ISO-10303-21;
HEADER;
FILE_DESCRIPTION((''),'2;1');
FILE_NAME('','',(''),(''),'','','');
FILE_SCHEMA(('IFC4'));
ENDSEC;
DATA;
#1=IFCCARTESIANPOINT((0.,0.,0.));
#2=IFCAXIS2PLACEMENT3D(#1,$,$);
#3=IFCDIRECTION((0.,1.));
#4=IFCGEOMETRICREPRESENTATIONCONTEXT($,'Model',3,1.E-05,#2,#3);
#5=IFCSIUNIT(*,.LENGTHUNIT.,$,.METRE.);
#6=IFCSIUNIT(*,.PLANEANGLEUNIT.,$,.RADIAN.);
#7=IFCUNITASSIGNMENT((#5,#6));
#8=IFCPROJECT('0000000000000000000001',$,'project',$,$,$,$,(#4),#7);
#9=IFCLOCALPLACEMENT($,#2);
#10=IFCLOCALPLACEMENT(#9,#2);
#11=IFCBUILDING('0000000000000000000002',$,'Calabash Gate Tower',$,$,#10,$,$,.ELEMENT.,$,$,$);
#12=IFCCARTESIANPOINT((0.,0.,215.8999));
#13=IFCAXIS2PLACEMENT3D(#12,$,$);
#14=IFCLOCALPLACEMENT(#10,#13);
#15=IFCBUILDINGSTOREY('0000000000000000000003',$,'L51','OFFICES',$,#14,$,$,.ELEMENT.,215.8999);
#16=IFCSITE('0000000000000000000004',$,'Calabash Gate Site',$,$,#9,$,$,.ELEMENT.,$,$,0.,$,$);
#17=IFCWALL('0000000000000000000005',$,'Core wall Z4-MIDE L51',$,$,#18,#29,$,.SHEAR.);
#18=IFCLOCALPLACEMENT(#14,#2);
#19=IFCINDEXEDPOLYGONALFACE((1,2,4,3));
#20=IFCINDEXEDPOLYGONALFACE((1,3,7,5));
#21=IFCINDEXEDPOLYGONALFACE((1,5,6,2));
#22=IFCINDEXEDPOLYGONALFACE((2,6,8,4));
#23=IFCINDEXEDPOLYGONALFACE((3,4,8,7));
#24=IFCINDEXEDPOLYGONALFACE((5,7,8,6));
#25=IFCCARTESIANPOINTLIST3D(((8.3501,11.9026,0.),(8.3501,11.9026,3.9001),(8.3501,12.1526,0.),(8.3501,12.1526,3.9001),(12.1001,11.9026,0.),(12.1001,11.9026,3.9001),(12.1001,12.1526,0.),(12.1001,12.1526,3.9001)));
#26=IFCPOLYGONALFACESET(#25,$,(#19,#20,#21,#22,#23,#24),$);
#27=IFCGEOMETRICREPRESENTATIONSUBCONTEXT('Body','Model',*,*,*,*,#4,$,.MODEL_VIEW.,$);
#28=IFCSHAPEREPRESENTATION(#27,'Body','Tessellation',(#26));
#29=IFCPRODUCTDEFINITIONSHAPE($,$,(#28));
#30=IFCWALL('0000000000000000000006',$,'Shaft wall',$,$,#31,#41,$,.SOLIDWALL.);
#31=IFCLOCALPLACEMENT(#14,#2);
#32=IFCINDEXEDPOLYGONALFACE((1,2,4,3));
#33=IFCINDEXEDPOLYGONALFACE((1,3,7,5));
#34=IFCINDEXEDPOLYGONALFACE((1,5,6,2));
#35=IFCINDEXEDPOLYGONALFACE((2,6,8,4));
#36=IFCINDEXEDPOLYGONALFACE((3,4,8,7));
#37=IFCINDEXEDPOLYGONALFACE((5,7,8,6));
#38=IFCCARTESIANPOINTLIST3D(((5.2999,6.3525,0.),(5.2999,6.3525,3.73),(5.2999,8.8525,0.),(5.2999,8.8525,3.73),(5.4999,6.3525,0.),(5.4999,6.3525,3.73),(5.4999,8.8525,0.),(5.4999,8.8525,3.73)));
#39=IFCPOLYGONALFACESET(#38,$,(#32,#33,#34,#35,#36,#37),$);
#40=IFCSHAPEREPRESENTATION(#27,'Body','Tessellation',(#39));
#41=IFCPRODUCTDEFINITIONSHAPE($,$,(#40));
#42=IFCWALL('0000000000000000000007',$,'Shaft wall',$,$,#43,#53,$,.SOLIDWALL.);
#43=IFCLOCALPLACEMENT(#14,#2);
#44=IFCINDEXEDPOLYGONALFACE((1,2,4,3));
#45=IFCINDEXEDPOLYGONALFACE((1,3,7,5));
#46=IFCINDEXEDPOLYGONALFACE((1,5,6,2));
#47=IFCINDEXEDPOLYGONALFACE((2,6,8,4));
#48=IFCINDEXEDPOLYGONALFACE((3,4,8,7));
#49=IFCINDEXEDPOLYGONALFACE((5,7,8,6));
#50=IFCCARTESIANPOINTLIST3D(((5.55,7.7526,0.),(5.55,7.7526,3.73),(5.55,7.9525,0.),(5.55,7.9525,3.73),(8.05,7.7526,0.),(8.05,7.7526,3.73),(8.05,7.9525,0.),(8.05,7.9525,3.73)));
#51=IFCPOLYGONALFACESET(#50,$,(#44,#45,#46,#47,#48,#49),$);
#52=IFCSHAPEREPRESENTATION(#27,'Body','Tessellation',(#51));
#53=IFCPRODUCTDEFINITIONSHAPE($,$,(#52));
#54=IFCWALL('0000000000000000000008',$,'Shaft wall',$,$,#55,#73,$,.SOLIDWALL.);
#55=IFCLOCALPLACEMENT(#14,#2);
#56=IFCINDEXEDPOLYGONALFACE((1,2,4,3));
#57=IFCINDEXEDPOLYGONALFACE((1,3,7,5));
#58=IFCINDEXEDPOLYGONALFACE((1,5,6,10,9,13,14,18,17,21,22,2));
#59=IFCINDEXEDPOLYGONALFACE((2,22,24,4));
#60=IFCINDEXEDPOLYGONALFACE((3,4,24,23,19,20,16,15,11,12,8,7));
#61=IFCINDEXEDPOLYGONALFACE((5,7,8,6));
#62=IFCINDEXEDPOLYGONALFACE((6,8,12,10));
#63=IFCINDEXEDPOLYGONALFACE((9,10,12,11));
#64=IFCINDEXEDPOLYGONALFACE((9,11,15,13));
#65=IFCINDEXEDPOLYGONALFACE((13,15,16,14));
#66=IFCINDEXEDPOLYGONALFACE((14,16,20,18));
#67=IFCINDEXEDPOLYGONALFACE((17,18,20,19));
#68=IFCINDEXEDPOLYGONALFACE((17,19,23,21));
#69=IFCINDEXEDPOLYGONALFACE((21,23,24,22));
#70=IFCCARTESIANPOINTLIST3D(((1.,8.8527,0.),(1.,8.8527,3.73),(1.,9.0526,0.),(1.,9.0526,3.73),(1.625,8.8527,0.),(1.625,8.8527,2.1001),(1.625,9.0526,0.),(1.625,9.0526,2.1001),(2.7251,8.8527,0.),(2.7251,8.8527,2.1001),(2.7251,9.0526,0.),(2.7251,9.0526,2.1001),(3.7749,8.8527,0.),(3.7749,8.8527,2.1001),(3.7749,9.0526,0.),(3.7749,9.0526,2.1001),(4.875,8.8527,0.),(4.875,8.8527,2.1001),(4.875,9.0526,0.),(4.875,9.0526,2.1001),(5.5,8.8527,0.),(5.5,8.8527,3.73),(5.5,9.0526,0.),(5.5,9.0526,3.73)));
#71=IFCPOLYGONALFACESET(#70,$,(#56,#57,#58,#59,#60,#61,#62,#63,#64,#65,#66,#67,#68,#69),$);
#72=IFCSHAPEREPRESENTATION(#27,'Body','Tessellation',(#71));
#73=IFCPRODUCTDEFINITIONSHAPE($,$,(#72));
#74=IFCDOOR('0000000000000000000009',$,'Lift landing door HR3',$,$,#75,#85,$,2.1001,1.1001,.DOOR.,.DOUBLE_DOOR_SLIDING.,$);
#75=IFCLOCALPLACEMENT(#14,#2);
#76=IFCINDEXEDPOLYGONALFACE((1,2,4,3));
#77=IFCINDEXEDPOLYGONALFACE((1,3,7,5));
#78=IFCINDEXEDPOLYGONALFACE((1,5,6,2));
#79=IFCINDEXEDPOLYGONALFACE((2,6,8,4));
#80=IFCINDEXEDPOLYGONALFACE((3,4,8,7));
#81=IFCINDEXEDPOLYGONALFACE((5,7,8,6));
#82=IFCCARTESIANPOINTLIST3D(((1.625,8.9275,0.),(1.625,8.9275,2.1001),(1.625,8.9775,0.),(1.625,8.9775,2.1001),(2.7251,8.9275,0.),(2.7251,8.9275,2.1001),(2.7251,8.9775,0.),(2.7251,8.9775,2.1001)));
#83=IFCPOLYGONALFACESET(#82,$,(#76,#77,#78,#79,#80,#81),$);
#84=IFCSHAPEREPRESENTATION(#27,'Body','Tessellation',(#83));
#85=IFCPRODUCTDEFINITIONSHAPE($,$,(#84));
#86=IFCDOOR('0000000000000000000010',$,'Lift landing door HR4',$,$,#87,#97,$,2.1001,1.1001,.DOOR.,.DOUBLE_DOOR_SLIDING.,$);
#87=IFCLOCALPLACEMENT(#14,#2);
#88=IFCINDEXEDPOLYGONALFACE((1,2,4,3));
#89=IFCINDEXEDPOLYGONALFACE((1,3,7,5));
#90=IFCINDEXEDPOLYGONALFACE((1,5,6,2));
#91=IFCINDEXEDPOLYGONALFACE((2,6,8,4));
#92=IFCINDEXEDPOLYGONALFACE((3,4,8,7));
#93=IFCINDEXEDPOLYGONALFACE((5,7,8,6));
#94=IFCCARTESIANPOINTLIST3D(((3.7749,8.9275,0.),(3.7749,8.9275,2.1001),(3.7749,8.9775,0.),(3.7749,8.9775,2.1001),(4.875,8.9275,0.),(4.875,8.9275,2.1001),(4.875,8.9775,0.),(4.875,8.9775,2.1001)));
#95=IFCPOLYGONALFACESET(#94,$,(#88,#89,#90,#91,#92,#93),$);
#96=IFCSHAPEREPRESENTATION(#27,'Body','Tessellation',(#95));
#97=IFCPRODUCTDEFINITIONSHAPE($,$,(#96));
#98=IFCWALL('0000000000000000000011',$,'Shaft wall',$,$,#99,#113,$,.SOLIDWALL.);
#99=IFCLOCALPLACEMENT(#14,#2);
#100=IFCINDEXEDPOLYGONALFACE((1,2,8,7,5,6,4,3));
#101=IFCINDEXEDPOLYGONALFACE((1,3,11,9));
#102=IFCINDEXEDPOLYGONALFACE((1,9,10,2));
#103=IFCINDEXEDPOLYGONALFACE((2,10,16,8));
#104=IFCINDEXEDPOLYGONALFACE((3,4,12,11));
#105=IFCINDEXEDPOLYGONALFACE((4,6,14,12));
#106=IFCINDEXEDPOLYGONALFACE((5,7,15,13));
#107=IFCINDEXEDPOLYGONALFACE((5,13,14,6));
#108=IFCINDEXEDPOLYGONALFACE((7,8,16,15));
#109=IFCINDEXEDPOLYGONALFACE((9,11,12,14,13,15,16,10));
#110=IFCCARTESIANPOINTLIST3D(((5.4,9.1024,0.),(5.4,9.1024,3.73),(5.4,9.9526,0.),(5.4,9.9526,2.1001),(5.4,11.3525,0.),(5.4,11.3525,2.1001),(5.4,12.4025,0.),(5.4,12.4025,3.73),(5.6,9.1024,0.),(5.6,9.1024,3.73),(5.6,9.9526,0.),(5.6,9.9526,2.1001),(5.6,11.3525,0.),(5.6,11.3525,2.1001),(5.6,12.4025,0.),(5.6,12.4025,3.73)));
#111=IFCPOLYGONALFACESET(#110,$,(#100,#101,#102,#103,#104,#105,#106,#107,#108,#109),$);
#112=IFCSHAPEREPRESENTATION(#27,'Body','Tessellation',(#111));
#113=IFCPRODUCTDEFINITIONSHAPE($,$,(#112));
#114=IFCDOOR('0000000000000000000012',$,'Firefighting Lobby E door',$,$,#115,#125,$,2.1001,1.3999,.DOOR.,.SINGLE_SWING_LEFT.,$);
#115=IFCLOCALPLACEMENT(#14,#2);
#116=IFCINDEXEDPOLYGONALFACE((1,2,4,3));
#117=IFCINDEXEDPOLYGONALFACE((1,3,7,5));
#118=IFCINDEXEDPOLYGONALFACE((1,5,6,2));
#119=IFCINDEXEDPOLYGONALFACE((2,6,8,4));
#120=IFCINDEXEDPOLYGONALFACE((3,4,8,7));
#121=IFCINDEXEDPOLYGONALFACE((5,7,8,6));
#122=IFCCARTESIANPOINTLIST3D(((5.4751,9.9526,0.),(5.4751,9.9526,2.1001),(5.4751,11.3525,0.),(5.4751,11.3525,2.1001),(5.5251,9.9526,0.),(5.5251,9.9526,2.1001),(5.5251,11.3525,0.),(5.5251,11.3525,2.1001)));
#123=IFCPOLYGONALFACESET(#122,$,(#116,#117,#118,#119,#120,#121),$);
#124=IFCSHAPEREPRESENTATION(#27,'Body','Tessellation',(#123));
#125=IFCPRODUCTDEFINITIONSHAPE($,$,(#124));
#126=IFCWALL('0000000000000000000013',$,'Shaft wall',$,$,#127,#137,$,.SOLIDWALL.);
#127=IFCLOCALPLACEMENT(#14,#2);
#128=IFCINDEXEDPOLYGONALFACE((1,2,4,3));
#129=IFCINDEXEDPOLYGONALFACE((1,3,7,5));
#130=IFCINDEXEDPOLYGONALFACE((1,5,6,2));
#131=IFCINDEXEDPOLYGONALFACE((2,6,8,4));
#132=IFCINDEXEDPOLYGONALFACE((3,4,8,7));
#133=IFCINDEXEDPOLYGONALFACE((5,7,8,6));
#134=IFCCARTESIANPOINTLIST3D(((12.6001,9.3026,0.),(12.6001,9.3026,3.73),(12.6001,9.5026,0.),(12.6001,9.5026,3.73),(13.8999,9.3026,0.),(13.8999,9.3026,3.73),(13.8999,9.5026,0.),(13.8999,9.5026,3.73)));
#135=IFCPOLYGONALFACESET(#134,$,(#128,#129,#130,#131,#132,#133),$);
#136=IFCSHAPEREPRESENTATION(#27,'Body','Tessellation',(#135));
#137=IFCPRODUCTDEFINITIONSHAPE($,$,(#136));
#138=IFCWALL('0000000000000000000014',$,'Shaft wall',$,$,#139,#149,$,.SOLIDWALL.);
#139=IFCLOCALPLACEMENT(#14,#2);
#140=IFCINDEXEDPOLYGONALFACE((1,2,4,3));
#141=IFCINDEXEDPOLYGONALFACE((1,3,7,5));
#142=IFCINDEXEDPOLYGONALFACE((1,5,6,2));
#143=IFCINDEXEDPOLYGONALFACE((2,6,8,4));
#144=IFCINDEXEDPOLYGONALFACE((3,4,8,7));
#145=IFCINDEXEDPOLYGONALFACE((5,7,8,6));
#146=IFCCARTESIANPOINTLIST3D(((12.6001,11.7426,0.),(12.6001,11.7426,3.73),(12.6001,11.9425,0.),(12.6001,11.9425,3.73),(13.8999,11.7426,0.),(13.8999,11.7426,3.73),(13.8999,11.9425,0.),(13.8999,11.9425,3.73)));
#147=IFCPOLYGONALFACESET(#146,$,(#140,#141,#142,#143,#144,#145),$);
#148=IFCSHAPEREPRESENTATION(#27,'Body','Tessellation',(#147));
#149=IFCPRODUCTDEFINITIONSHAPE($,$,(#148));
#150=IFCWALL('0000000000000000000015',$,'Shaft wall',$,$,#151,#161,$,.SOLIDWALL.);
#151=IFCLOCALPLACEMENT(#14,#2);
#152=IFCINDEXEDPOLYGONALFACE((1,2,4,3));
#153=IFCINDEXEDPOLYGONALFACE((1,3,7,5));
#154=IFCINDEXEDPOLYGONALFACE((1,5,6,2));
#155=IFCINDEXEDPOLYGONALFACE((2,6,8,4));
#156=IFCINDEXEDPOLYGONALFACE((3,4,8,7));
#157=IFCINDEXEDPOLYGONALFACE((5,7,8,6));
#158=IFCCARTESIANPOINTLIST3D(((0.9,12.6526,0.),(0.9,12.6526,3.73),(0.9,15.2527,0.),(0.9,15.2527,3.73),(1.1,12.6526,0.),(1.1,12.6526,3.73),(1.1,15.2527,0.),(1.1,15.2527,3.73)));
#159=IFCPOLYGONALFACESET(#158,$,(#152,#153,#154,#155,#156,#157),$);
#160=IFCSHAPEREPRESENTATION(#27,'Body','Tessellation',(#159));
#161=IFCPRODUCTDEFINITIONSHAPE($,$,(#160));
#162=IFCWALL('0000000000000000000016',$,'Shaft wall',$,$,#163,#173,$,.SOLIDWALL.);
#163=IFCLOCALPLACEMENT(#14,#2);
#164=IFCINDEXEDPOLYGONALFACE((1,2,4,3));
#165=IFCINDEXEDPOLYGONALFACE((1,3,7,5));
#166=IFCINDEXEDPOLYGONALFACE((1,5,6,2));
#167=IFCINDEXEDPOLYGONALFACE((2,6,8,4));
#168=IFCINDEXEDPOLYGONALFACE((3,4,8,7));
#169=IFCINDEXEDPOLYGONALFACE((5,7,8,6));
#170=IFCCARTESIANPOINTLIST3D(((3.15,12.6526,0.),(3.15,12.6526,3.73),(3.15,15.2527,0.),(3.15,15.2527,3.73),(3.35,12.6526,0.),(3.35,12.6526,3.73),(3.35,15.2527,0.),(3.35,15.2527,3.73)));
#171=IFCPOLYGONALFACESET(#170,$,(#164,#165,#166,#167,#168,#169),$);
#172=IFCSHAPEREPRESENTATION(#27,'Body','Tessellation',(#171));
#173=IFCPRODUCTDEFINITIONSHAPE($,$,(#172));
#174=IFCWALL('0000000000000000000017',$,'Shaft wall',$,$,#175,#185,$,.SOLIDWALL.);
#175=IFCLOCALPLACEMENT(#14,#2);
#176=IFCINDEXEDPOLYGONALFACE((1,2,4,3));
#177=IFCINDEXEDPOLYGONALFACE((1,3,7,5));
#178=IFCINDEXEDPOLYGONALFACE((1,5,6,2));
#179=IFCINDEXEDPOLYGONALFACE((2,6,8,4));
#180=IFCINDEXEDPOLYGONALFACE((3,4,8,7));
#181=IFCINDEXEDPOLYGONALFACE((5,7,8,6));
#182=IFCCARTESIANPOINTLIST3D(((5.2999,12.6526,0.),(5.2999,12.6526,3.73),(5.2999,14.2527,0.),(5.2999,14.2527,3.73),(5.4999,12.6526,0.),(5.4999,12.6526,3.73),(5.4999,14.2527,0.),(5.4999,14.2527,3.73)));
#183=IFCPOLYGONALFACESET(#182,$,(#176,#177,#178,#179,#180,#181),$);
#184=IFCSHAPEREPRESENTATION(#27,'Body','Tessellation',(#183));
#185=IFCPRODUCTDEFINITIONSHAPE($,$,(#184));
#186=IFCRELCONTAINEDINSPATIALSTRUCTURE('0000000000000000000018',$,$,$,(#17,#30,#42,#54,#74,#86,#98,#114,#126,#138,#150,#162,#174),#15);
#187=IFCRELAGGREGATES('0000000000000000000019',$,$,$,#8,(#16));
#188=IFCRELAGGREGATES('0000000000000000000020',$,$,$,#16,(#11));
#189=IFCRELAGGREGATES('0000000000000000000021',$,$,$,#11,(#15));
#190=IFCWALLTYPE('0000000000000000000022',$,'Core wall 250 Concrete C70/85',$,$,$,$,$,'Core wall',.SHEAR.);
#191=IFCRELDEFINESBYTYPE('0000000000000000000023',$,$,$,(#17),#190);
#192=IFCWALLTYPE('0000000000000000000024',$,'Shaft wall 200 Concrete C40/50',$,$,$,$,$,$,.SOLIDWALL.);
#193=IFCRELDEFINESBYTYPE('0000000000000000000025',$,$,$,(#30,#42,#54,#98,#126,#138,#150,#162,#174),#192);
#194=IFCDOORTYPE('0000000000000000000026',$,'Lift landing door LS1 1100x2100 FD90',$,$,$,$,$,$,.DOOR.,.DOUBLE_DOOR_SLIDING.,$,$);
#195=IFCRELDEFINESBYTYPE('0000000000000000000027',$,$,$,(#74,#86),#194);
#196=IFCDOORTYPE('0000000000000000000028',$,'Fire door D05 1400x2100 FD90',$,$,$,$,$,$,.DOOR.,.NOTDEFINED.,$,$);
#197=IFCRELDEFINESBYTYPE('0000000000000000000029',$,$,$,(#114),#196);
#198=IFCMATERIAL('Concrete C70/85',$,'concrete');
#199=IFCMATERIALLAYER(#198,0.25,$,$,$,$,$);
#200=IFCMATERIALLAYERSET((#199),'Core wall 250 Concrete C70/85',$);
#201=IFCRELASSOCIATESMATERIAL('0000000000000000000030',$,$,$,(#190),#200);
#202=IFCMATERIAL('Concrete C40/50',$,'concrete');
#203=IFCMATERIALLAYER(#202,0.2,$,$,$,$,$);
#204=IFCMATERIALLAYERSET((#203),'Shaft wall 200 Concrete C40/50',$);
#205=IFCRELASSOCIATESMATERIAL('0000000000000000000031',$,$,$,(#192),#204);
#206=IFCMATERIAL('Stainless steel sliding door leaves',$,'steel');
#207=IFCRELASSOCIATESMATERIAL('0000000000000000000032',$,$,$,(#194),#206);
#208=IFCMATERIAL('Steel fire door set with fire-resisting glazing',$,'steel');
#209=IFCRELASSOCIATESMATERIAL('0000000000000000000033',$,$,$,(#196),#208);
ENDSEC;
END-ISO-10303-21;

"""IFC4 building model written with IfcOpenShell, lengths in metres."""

from ifc_helpers import new_model, si_unit, direction, frame, frame_2d, origin, place, context, subcontext, project, spatial, rectangle, extrude, material, layer, layer_set, type_object, element, fill, save


model = new_model("IFC4")

# Units and contexts
model_context = context("Model", 3, precision=1e-05, world=origin(), true_north=direction((0.0, 1.0)))
body_context = subcontext(model_context, "Body", "Model", "MODEL_VIEW")
ifc_project = project(units=[si_unit("LENGTHUNIT", "METRE"), si_unit("PLANEANGLEUNIT", "RADIAN")], contexts=[model_context])

# Site, building, storey
site_placement = place(None, origin())
site = spatial("IfcSite", under=ifc_project, at=site_placement, Name="Calabash Gate Site", CompositionType="ELEMENT", RefElevation=0.0)
building_placement = place(site_placement, origin())
building = spatial("IfcBuilding", under=site, at=building_placement, Name="Calabash Gate Tower", CompositionType="ELEMENT")
storey_placement = place(building_placement, frame((0.0, 0.0, 215.8999)))
storey = spatial("IfcBuildingStorey", under=building, at=storey_placement, Name="L51", Description="OFFICES", CompositionType="ELEMENT", Elevation=215.8999)

# Walls
ifc_material_1 = material(Name="Concrete C70/85", Category="concrete")
ifc_layer_1 = layer(ifc_material_1, 0.25)
ifc_layer_set_1 = layer_set([ifc_layer_1], Name="Core wall 250 Concrete C70/85")
wall_type_1 = type_object("IfcWallType", Name="Core wall 250 Concrete C70/85", ElementType="Core wall", PredefinedType="SHEAR", material=ifc_layer_set_1)
wall_1_placement = place(storey_placement, frame((8.3501, 12.0276, 0.0), z_axis=(0.0, 0.0, 1.0), x_axis=(1.0, 0.0, 0.0)))
element("IfcWall", 1, at=wall_1_placement, inside=storey, type_object=wall_type_1, Name="Core wall Z4-MIDE L51", PredefinedType="SHEAR", context=body_context, shape_type="SweptSolid", body=[
    extrude(rectangle(XDim=3.75, YDim=0.25, at=frame_2d((1.875, 0.0))), origin(), (0.0, 0.0, 1.0), 3.9001),
])
ifc_material_2 = material(Name="Concrete C40/50", Category="concrete")
ifc_layer_2 = layer(ifc_material_2, 0.2)
ifc_layer_set_2 = layer_set([ifc_layer_2], Name="Shaft wall 200 Concrete C40/50")
wall_type_2 = type_object("IfcWallType", Name="Shaft wall 200 Concrete C40/50", PredefinedType="SOLIDWALL", material=ifc_layer_set_2)
for number, where, z_axis, x_axis, name in (
    (2, (5.3999, 6.3525, 0.0), (0.0, 0.0, 1.0), (0.0, 1.0, 0.0), "Shaft wall"),
    (3, (5.55, 7.8525, 0.0), (0.0, 0.0, 1.0), (1.0, 0.0, 0.0), "Shaft wall"),
):
    element("IfcWall", number, at=place(storey_placement, frame(where, z_axis=z_axis, x_axis=x_axis)), inside=storey, type_object=wall_type_2, Name=name, PredefinedType="SOLIDWALL", context=body_context, shape_type="SweptSolid", body=[
        extrude(rectangle(XDim=2.5, YDim=0.2, at=frame_2d((1.25, 0.0))), origin(), (0.0, 0.0, 1.0), 3.73),
    ])

# Wall, openings, doors
wall_2_placement = place(storey_placement, frame((1.0, 8.9526, 0.0), z_axis=(0.0, 0.0, 1.0), x_axis=(1.0, 0.0, 0.0)))
wall_2 = element("IfcWall", 4, at=wall_2_placement, inside=storey, type_object=wall_type_2, Name="Shaft wall", PredefinedType="SOLIDWALL", context=body_context, shape_type="SweptSolid", body=[
    extrude(rectangle(XDim=4.5, YDim=0.2, at=frame_2d((2.25, 0.0))), origin(), (0.0, 0.0, 1.0), 3.73),
])
opening_1_placement = place(wall_2_placement, frame((0.625, 0.0, 0.0)))
opening_1 = element("IfcOpeningElement", 5, at=opening_1_placement, cuts=wall_2, PredefinedType="OPENING", context=body_context, shape_type="SweptSolid", body=[
    extrude(rectangle(XDim=1.1001, YDim=2.1001, at=frame_2d((0.55, 1.05))), frame((0.0, 0.1099, 0.0), z_axis=(0.0, -1.0, 0.0), x_axis=(1.0, 0.0, 0.0)), (0.0, 0.0, 1.0), 0.22),
])
opening_2_placement = place(wall_2_placement, frame((2.7749, 0.0, 0.0)))
opening_2 = element("IfcOpeningElement", 6, at=opening_2_placement, cuts=wall_2, PredefinedType="OPENING", context=body_context, shape_type="SweptSolid", body=[
    extrude(rectangle(XDim=1.1001, YDim=2.1001, at=frame_2d((0.55, 1.05))), frame((0.0, 0.1099, 0.0), z_axis=(0.0, -1.0, 0.0), x_axis=(1.0, 0.0, 0.0)), (0.0, 0.0, 1.0), 0.22),
])
ifc_material_3 = material(Name="Stainless steel sliding door leaves", Category="steel")
door_type_1 = type_object("IfcDoorType", Name="Lift landing door LS1 1100x2100 FD90", OperationType="DOUBLE_DOOR_SLIDING", PredefinedType="DOOR", material=ifc_material_3)
door_1_placement = place(opening_1_placement, origin())
door_1 = element("IfcDoor", 7, at=door_1_placement, inside=storey, type_object=door_type_1, Name="Lift landing door HR3", OperationType="DOUBLE_DOOR_SLIDING", OverallHeight=2.1001, OverallWidth=1.1001, PredefinedType="DOOR", context=body_context, shape_type="SweptSolid", body=[
    extrude(rectangle(XDim=1.1001, YDim=2.1001, at=frame_2d((0.55, 1.05))), frame((0.0, 0.0249, 0.0), z_axis=(0.0, -1.0, 0.0), x_axis=(1.0, 0.0, 0.0)), (0.0, 0.0, 1.0), 0.05),
])
fill(opening_1, door_1)
door_2_placement = place(opening_2_placement, origin())
door_2 = element("IfcDoor", 8, at=door_2_placement, inside=storey, type_object=door_type_1, Name="Lift landing door HR4", OperationType="DOUBLE_DOOR_SLIDING", OverallHeight=2.1001, OverallWidth=1.1001, PredefinedType="DOOR", context=body_context, shape_type="SweptSolid", body=[
    extrude(rectangle(XDim=1.1001, YDim=2.1001, at=frame_2d((0.55, 1.05))), frame((0.0, 0.0249, 0.0), z_axis=(0.0, -1.0, 0.0), x_axis=(1.0, 0.0, 0.0)), (0.0, 0.0, 1.0), 0.05),
])
fill(opening_2, door_2)

# Wall, opening, door
wall_3_placement = place(storey_placement, frame((5.5, 9.1025, 0.0), z_axis=(0.0, 0.0, 1.0), x_axis=(0.0, 1.0, 0.0)))
wall_3 = element("IfcWall", 9, at=wall_3_placement, inside=storey, type_object=wall_type_2, Name="Shaft wall", PredefinedType="SOLIDWALL", context=body_context, shape_type="SweptSolid", body=[
    extrude(rectangle(XDim=3.3, YDim=0.2, at=frame_2d((1.6499, 0.0))), origin(), (0.0, 0.0, 1.0), 3.73),
])
opening_3_placement = place(wall_3_placement, frame((0.8501, 0.0, 0.0)))
opening_3 = element("IfcOpeningElement", 10, at=opening_3_placement, cuts=wall_3, PredefinedType="OPENING", context=body_context, shape_type="SweptSolid", body=[
    extrude(rectangle(XDim=1.3999, YDim=2.1001, at=frame_2d((0.7, 1.05))), frame((0.0, 0.1099, 0.0), z_axis=(0.0, -1.0, 0.0), x_axis=(1.0, 0.0, 0.0)), (0.0, 0.0, 1.0), 0.22),
])
ifc_material_4 = material(Name="Steel fire door set with fire-resisting glazing", Category="steel")
door_type_2 = type_object("IfcDoorType", Name="Fire door D05 1400x2100 FD90", OperationType="NOTDEFINED", PredefinedType="DOOR", material=ifc_material_4)
door_3_placement = place(opening_3_placement, origin())
door_3 = element("IfcDoor", 11, at=door_3_placement, inside=storey, type_object=door_type_2, Name="Firefighting Lobby E door", OperationType="SINGLE_SWING_LEFT", OverallHeight=2.1001, OverallWidth=1.3999, PredefinedType="DOOR", context=body_context, shape_type="SweptSolid", body=[
    extrude(rectangle(XDim=1.3999, YDim=2.1001, at=frame_2d((0.7, 1.05))), frame((0.0, 0.0249, 0.0), z_axis=(0.0, -1.0, 0.0), x_axis=(1.0, 0.0, 0.0)), (0.0, 0.0, 1.0), 0.05),
])
fill(opening_3, door_3)

# Walls
for number, where, z_axis, x_axis, name in (
    (12, (12.6001, 9.4026, 0.0), (0.0, 0.0, 1.0), (1.0, 0.0, 0.0), "Shaft wall"),
    (13, (12.6001, 11.8425, 0.0), (0.0, 0.0, 1.0), (1.0, 0.0, 0.0), "Shaft wall"),
):
    element("IfcWall", number, at=place(storey_placement, frame(where, z_axis=z_axis, x_axis=x_axis)), inside=storey, type_object=wall_type_2, Name=name, PredefinedType="SOLIDWALL", context=body_context, shape_type="SweptSolid", body=[
        extrude(rectangle(XDim=1.2998, YDim=0.2, at=frame_2d((0.6499, 0.0))), origin(), (0.0, 0.0, 1.0), 3.73),
    ])
for number, where, z_axis, x_axis, name in (
    (14, (1.0, 12.6526, 0.0), (0.0, 0.0, 1.0), (0.0, 1.0, 0.0), "Shaft wall"),
    (15, (3.25, 12.6526, 0.0), (0.0, 0.0, 1.0), (0.0, 1.0, 0.0), "Shaft wall"),
):
    element("IfcWall", number, at=place(storey_placement, frame(where, z_axis=z_axis, x_axis=x_axis)), inside=storey, type_object=wall_type_2, Name=name, PredefinedType="SOLIDWALL", context=body_context, shape_type="SweptSolid", body=[
        extrude(rectangle(XDim=2.6001, YDim=0.2, at=frame_2d((1.3, 0.0))), origin(), (0.0, 0.0, 1.0), 3.73),
    ])
wall_4_placement = place(storey_placement, frame((5.3999, 12.6526, 0.0), z_axis=(0.0, 0.0, 1.0), x_axis=(0.0, 1.0, 0.0)))
element("IfcWall", 16, at=wall_4_placement, inside=storey, type_object=wall_type_2, Name="Shaft wall", PredefinedType="SOLIDWALL", context=body_context, shape_type="SweptSolid", body=[
    extrude(rectangle(XDim=1.6001, YDim=0.2, at=frame_2d((0.8, 0.0))), origin(), (0.0, 0.0, 1.0), 3.73),
])

save(model, "model.ifc")
